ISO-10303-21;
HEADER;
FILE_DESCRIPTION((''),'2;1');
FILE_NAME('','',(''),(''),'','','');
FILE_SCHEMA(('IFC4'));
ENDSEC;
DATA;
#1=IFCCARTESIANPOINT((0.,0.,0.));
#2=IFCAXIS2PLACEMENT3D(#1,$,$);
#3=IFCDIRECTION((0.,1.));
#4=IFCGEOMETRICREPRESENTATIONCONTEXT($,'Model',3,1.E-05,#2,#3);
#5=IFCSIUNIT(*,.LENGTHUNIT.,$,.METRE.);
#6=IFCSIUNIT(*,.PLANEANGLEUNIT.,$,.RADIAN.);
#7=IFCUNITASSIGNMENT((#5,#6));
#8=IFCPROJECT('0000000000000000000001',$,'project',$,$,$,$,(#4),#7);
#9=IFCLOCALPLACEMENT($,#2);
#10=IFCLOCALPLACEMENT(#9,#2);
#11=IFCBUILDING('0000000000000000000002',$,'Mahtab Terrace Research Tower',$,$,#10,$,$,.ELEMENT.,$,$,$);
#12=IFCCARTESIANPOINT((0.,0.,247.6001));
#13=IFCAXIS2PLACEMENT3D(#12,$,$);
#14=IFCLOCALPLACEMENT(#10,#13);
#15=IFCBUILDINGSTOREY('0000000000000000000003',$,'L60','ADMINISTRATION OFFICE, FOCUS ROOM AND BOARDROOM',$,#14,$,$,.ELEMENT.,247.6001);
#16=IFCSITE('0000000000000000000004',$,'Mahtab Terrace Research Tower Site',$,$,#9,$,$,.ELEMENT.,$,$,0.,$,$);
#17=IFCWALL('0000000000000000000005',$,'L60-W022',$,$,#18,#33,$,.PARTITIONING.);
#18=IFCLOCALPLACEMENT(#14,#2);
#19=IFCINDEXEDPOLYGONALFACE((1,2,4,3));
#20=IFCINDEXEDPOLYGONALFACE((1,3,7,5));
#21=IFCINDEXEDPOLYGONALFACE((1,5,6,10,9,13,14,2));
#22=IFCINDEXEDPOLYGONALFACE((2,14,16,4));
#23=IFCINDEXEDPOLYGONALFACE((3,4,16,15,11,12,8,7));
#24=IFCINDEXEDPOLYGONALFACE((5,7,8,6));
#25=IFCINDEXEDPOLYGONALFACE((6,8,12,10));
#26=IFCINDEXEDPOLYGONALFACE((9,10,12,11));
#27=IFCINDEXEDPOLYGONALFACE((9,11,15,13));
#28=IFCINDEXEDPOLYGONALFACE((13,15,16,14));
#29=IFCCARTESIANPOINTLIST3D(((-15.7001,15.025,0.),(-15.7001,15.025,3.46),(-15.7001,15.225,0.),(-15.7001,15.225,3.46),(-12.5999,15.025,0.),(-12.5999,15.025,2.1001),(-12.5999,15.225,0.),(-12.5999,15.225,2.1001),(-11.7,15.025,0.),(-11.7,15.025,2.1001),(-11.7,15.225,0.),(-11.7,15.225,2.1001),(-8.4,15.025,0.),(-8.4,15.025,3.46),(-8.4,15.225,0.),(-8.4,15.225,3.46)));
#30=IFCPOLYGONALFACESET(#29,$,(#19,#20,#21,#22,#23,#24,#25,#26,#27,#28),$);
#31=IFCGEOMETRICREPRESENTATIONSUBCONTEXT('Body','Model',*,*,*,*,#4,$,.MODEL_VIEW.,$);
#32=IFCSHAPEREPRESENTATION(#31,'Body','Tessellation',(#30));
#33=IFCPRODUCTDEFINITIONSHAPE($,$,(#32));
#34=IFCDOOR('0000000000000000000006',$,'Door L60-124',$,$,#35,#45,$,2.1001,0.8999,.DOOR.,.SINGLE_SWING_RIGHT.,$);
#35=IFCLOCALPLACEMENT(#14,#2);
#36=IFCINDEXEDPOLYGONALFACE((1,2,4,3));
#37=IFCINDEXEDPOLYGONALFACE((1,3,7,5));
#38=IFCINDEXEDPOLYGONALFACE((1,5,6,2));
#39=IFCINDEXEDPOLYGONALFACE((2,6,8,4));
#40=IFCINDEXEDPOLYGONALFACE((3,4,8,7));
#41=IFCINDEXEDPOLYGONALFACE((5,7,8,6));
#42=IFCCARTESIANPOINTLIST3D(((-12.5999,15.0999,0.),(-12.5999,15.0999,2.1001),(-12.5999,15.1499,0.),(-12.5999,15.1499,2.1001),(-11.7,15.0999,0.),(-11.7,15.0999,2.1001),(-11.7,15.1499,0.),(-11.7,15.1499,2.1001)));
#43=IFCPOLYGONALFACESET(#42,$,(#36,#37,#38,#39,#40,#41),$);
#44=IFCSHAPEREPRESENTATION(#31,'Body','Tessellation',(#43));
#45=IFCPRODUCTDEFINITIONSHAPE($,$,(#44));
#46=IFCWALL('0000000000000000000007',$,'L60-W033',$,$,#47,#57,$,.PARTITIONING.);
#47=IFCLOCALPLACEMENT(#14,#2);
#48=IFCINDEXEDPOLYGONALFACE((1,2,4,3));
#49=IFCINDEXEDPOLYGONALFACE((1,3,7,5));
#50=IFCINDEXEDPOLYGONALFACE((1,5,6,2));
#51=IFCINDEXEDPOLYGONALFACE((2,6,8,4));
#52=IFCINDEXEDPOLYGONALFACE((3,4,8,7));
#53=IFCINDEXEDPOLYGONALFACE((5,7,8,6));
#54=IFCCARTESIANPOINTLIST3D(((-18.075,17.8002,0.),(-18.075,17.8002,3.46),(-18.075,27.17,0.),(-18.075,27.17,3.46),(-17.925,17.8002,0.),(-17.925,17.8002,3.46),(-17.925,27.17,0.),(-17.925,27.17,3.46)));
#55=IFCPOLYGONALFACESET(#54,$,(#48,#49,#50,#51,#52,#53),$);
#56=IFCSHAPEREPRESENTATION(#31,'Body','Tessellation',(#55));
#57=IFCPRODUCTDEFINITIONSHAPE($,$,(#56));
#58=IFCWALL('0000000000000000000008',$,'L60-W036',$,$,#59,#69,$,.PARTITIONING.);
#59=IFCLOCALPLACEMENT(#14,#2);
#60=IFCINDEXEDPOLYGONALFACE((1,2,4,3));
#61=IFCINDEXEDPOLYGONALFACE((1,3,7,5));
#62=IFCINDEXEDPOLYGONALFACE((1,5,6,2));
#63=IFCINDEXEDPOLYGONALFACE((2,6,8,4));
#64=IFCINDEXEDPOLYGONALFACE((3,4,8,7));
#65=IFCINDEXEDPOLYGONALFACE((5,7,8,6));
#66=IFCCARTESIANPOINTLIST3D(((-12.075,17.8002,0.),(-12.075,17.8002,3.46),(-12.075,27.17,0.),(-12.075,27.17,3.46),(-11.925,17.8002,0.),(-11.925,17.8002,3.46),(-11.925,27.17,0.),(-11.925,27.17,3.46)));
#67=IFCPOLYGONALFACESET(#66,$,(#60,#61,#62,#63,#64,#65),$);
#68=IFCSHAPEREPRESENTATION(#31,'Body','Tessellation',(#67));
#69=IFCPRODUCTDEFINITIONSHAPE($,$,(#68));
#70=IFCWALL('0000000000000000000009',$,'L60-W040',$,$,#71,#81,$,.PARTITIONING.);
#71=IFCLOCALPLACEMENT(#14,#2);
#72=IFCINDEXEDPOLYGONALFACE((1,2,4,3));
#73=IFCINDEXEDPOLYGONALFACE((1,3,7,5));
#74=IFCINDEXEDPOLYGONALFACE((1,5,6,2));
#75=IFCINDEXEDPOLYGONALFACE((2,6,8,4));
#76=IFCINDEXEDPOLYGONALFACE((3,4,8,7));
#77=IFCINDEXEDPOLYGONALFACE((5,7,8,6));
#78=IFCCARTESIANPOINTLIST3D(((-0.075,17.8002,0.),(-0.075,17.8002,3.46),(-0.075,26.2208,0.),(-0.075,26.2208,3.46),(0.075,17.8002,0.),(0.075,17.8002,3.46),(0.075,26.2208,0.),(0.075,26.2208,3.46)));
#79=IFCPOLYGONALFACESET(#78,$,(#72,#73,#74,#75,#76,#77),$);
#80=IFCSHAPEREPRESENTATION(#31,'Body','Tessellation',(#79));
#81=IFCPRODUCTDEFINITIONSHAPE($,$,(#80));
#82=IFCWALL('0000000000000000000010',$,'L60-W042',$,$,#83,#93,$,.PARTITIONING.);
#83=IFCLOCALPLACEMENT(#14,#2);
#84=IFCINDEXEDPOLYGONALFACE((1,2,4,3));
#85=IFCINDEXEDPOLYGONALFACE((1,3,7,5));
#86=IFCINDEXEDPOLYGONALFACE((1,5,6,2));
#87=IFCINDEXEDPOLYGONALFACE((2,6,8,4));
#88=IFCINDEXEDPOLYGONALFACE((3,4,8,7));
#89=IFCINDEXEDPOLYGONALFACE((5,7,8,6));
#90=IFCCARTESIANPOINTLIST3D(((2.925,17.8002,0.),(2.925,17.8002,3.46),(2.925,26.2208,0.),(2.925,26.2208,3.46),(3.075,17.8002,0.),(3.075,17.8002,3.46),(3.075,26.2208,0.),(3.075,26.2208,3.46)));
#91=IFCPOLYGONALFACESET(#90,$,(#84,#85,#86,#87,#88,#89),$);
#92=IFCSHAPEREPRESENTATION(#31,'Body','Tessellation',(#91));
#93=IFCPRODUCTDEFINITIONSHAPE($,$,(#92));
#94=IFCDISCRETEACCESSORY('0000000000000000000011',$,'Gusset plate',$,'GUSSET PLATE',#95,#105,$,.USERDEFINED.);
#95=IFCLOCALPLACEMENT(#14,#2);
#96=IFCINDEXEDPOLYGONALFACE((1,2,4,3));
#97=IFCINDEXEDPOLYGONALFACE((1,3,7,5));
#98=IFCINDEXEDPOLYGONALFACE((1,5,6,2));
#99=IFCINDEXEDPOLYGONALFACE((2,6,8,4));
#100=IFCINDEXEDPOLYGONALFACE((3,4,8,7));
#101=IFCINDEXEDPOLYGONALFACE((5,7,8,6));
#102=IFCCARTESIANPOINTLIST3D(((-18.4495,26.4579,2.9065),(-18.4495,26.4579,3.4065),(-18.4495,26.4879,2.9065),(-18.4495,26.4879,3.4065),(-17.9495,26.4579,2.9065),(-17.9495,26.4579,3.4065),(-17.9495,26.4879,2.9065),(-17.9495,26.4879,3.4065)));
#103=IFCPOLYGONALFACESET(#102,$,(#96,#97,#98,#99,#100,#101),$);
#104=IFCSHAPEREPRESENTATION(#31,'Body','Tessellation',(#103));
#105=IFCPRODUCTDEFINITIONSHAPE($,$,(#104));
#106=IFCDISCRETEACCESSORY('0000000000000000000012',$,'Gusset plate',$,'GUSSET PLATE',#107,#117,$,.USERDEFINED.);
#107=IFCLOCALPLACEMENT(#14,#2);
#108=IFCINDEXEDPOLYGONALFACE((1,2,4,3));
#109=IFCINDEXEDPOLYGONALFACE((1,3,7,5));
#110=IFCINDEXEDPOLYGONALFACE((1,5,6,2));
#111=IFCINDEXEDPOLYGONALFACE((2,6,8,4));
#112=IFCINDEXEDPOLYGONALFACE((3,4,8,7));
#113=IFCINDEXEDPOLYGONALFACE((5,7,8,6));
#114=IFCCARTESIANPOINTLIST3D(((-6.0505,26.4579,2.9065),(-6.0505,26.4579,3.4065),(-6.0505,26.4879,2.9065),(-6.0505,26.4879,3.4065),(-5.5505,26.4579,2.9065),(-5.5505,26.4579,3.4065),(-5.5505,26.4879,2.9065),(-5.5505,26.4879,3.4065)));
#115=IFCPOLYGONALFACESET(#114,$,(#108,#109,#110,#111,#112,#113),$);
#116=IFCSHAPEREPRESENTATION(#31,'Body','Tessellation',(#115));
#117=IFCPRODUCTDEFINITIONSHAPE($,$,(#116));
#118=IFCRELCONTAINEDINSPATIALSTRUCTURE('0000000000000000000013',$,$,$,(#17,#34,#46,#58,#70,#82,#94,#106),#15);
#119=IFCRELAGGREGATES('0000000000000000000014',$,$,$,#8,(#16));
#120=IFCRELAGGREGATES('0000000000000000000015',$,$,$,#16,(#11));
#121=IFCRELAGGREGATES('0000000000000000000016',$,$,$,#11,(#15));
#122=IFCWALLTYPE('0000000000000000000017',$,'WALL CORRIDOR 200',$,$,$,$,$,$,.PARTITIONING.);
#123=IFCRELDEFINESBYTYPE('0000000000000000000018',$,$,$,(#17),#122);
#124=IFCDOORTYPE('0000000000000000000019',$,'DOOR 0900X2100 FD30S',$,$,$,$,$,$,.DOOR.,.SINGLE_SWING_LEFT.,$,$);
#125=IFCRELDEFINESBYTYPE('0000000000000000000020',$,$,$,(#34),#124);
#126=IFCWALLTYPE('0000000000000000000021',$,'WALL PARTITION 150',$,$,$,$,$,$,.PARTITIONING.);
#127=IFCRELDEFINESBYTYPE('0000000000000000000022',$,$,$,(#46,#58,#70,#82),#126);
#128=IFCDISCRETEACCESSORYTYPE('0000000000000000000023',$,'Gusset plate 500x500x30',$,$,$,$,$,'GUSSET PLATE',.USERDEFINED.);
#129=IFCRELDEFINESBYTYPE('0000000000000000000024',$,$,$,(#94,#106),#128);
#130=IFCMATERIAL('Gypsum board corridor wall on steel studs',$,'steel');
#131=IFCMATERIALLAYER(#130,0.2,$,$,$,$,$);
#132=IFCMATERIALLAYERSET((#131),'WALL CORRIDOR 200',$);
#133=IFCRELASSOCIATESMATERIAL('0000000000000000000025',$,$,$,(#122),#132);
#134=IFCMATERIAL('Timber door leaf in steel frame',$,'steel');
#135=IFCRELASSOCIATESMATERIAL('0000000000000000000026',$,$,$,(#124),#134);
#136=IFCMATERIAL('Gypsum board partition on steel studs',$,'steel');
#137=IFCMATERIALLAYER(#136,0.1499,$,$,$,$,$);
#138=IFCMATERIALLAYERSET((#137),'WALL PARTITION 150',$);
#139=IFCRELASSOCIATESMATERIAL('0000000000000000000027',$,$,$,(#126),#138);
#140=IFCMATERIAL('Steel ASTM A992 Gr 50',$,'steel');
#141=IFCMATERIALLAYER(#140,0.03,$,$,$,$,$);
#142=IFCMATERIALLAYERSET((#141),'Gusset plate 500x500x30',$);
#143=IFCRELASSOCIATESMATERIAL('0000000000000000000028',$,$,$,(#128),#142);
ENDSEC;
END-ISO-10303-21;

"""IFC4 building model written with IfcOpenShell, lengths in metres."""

from ifc_helpers import new_model, si_unit, direction, frame, frame_2d, origin, origin_2d, place, context, subcontext, project, spatial, rectangle, extrude, material, layer, layer_set, type_object, element, fill, save


model = new_model("IFC4")

# Units and contexts
model_context = context("Model", 3, precision=1e-05, world=origin(), true_north=direction((0.0, 1.0)))
body_context = subcontext(model_context, "Body", "Model", "MODEL_VIEW")
ifc_project = project(units=[si_unit("LENGTHUNIT", "METRE"), si_unit("PLANEANGLEUNIT", "RADIAN")], contexts=[model_context])

# Site, building, storey
site_placement = place(None, origin())
site = spatial("IfcSite", under=ifc_project, at=site_placement, Name="Mahtab Terrace Research Tower Site", CompositionType="ELEMENT", RefElevation=0.0)
building_placement = place(site_placement, origin())
building = spatial("IfcBuilding", under=site, at=building_placement, Name="Mahtab Terrace Research Tower", CompositionType="ELEMENT")
storey_placement = place(building_placement, frame((0.0, 0.0, 247.6001)))
storey = spatial("IfcBuildingStorey", under=building, at=storey_placement, Name="L60", Description="ADMINISTRATION OFFICE, FOCUS ROOM AND BOARDROOM", CompositionType="ELEMENT", Elevation=247.6001)

# Shared definitions
ifc_material_1 = material(Name="Steel ASTM A992 Gr 50", Category="steel")

# Wall, opening, door
ifc_material_2 = material(Name="Gypsum board corridor wall on steel studs", Category="steel")
ifc_layer_1 = layer(ifc_material_2, 0.2)
ifc_layer_set_1 = layer_set([ifc_layer_1], Name="WALL CORRIDOR 200")
wall_type_1 = type_object("IfcWallType", Name="WALL CORRIDOR 200", PredefinedType="PARTITIONING", material=ifc_layer_set_1)
wall_1_placement = place(storey_placement, frame((-15.7, 15.125, 0.0), z_axis=(0.0, 0.0, 1.0), x_axis=(1.0, 0.0, 0.0)))
wall_1 = element("IfcWall", 1, at=wall_1_placement, inside=storey, type_object=wall_type_1, Name="L60-W022", PredefinedType="PARTITIONING", context=body_context, shape_type="SweptSolid", body=[
    extrude(rectangle(XDim=7.3, YDim=0.2, at=frame_2d((3.6499, 0.0))), origin(), (0.0, 0.0, 1.0), 3.46),
])
opening_1_placement = place(wall_1_placement, frame((3.1001, 0.0, 0.0)))
opening_1 = element("IfcOpeningElement", 2, at=opening_1_placement, cuts=wall_1, PredefinedType="OPENING", context=body_context, shape_type="SweptSolid", body=[
    extrude(rectangle(XDim=0.8999, YDim=2.1001, at=frame_2d((0.45, 1.05))), frame((0.0, 0.1099, 0.0), z_axis=(0.0, -1.0, 0.0), x_axis=(1.0, 0.0, 0.0)), (0.0, 0.0, 1.0), 0.22),
])
ifc_material_3 = material(Name="Timber door leaf in steel frame", Category="steel")
door_type_1 = type_object("IfcDoorType", Name="DOOR 0900X2100 FD30S", OperationType="SINGLE_SWING_LEFT", PredefinedType="DOOR", material=ifc_material_3)
door_1_placement = place(opening_1_placement, origin())
door_1 = element("IfcDoor", 3, at=door_1_placement, inside=storey, type_object=door_type_1, Name="Door L60-124", OperationType="SINGLE_SWING_RIGHT", OverallHeight=2.1001, OverallWidth=0.8999, PredefinedType="DOOR", context=body_context, shape_type="SweptSolid", body=[
    extrude(rectangle(XDim=0.8999, YDim=2.1001, at=frame_2d((0.45, 1.05))), frame((0.0, 0.0249, 0.0), z_axis=(0.0, -1.0, 0.0), x_axis=(1.0, 0.0, 0.0)), (0.0, 0.0, 1.0), 0.05),
])
fill(opening_1, door_1)

# Walls
ifc_material_4 = material(Name="Gypsum board partition on steel studs", Category="steel")
ifc_layer_2 = layer(ifc_material_4, 0.1499)
ifc_layer_set_2 = layer_set([ifc_layer_2], Name="WALL PARTITION 150")
wall_type_2 = type_object("IfcWallType", Name="WALL PARTITION 150", PredefinedType="PARTITIONING", material=ifc_layer_set_2)
for number, where, z_axis, x_axis, name in (
    (4, (-18.0, 17.8, 0.0), (0.0, 0.0, 1.0), (0.0, 1.0, 0.0), "L60-W033"),
    (5, (-12.0, 17.8, 0.0), (0.0, 0.0, 1.0), (0.0, 1.0, 0.0), "L60-W036"),
):
    element("IfcWall", number, at=place(storey_placement, frame(where, z_axis=z_axis, x_axis=x_axis)), inside=storey, type_object=wall_type_2, Name=name, PredefinedType="PARTITIONING", context=body_context, shape_type="SweptSolid", body=[
        extrude(rectangle(XDim=9.3699, YDim=0.1499, at=frame_2d((4.6851, 0.0))), origin(), (0.0, 0.0, 1.0), 3.46),
    ])
for number, where, z_axis, x_axis, name in (
    (6, (0.0, 17.8, 0.0), (0.0, 0.0, 1.0), (0.0, 1.0, 0.0), "L60-W040"),
    (7, (3.0, 17.8, 0.0), (0.0, 0.0, 1.0), (0.0, 1.0, 0.0), "L60-W042"),
):
    element("IfcWall", number, at=place(storey_placement, frame(where, z_axis=z_axis, x_axis=x_axis)), inside=storey, type_object=wall_type_2, Name=name, PredefinedType="PARTITIONING", context=body_context, shape_type="SweptSolid", body=[
        extrude(rectangle(XDim=8.4207, YDim=0.1499, at=frame_2d((4.2104, 0.0))), origin(), (0.0, 0.0, 1.0), 3.46),
    ])

# Discrete accessories
ifc_layer_3 = layer(ifc_material_1, 0.03)
ifc_layer_set_3 = layer_set([ifc_layer_3], Name="Gusset plate 500x500x30")
discrete_accessory_type = type_object("IfcDiscreteAccessoryType", Name="Gusset plate 500x500x30", ElementType="GUSSET PLATE", PredefinedType="USERDEFINED", material=ifc_layer_set_3)
for number, where, z_axis, x_axis, name in (
    (8, (-18.1995, 26.4729, 2.9065), (0.0, 0.0, 1.0), (1.0, 0.0, 0.0), "Gusset plate"),
    (9, (-5.8005, 26.4729, 2.9065), (0.0, 0.0, 1.0), (1.0, 0.0, 0.0), "Gusset plate"),
):
    element("IfcDiscreteAccessory", number, at=place(storey_placement, frame(where, z_axis=z_axis, x_axis=x_axis)), inside=storey, type_object=discrete_accessory_type, Name=name, ObjectType="GUSSET PLATE", PredefinedType="USERDEFINED", context=body_context, shape_type="SweptSolid", body=[
        extrude(rectangle(XDim=0.5, YDim=0.03, at=origin_2d()), origin(), (0.0, 0.0, 1.0), 0.5),
    ])

save(model, "model.ifc")
